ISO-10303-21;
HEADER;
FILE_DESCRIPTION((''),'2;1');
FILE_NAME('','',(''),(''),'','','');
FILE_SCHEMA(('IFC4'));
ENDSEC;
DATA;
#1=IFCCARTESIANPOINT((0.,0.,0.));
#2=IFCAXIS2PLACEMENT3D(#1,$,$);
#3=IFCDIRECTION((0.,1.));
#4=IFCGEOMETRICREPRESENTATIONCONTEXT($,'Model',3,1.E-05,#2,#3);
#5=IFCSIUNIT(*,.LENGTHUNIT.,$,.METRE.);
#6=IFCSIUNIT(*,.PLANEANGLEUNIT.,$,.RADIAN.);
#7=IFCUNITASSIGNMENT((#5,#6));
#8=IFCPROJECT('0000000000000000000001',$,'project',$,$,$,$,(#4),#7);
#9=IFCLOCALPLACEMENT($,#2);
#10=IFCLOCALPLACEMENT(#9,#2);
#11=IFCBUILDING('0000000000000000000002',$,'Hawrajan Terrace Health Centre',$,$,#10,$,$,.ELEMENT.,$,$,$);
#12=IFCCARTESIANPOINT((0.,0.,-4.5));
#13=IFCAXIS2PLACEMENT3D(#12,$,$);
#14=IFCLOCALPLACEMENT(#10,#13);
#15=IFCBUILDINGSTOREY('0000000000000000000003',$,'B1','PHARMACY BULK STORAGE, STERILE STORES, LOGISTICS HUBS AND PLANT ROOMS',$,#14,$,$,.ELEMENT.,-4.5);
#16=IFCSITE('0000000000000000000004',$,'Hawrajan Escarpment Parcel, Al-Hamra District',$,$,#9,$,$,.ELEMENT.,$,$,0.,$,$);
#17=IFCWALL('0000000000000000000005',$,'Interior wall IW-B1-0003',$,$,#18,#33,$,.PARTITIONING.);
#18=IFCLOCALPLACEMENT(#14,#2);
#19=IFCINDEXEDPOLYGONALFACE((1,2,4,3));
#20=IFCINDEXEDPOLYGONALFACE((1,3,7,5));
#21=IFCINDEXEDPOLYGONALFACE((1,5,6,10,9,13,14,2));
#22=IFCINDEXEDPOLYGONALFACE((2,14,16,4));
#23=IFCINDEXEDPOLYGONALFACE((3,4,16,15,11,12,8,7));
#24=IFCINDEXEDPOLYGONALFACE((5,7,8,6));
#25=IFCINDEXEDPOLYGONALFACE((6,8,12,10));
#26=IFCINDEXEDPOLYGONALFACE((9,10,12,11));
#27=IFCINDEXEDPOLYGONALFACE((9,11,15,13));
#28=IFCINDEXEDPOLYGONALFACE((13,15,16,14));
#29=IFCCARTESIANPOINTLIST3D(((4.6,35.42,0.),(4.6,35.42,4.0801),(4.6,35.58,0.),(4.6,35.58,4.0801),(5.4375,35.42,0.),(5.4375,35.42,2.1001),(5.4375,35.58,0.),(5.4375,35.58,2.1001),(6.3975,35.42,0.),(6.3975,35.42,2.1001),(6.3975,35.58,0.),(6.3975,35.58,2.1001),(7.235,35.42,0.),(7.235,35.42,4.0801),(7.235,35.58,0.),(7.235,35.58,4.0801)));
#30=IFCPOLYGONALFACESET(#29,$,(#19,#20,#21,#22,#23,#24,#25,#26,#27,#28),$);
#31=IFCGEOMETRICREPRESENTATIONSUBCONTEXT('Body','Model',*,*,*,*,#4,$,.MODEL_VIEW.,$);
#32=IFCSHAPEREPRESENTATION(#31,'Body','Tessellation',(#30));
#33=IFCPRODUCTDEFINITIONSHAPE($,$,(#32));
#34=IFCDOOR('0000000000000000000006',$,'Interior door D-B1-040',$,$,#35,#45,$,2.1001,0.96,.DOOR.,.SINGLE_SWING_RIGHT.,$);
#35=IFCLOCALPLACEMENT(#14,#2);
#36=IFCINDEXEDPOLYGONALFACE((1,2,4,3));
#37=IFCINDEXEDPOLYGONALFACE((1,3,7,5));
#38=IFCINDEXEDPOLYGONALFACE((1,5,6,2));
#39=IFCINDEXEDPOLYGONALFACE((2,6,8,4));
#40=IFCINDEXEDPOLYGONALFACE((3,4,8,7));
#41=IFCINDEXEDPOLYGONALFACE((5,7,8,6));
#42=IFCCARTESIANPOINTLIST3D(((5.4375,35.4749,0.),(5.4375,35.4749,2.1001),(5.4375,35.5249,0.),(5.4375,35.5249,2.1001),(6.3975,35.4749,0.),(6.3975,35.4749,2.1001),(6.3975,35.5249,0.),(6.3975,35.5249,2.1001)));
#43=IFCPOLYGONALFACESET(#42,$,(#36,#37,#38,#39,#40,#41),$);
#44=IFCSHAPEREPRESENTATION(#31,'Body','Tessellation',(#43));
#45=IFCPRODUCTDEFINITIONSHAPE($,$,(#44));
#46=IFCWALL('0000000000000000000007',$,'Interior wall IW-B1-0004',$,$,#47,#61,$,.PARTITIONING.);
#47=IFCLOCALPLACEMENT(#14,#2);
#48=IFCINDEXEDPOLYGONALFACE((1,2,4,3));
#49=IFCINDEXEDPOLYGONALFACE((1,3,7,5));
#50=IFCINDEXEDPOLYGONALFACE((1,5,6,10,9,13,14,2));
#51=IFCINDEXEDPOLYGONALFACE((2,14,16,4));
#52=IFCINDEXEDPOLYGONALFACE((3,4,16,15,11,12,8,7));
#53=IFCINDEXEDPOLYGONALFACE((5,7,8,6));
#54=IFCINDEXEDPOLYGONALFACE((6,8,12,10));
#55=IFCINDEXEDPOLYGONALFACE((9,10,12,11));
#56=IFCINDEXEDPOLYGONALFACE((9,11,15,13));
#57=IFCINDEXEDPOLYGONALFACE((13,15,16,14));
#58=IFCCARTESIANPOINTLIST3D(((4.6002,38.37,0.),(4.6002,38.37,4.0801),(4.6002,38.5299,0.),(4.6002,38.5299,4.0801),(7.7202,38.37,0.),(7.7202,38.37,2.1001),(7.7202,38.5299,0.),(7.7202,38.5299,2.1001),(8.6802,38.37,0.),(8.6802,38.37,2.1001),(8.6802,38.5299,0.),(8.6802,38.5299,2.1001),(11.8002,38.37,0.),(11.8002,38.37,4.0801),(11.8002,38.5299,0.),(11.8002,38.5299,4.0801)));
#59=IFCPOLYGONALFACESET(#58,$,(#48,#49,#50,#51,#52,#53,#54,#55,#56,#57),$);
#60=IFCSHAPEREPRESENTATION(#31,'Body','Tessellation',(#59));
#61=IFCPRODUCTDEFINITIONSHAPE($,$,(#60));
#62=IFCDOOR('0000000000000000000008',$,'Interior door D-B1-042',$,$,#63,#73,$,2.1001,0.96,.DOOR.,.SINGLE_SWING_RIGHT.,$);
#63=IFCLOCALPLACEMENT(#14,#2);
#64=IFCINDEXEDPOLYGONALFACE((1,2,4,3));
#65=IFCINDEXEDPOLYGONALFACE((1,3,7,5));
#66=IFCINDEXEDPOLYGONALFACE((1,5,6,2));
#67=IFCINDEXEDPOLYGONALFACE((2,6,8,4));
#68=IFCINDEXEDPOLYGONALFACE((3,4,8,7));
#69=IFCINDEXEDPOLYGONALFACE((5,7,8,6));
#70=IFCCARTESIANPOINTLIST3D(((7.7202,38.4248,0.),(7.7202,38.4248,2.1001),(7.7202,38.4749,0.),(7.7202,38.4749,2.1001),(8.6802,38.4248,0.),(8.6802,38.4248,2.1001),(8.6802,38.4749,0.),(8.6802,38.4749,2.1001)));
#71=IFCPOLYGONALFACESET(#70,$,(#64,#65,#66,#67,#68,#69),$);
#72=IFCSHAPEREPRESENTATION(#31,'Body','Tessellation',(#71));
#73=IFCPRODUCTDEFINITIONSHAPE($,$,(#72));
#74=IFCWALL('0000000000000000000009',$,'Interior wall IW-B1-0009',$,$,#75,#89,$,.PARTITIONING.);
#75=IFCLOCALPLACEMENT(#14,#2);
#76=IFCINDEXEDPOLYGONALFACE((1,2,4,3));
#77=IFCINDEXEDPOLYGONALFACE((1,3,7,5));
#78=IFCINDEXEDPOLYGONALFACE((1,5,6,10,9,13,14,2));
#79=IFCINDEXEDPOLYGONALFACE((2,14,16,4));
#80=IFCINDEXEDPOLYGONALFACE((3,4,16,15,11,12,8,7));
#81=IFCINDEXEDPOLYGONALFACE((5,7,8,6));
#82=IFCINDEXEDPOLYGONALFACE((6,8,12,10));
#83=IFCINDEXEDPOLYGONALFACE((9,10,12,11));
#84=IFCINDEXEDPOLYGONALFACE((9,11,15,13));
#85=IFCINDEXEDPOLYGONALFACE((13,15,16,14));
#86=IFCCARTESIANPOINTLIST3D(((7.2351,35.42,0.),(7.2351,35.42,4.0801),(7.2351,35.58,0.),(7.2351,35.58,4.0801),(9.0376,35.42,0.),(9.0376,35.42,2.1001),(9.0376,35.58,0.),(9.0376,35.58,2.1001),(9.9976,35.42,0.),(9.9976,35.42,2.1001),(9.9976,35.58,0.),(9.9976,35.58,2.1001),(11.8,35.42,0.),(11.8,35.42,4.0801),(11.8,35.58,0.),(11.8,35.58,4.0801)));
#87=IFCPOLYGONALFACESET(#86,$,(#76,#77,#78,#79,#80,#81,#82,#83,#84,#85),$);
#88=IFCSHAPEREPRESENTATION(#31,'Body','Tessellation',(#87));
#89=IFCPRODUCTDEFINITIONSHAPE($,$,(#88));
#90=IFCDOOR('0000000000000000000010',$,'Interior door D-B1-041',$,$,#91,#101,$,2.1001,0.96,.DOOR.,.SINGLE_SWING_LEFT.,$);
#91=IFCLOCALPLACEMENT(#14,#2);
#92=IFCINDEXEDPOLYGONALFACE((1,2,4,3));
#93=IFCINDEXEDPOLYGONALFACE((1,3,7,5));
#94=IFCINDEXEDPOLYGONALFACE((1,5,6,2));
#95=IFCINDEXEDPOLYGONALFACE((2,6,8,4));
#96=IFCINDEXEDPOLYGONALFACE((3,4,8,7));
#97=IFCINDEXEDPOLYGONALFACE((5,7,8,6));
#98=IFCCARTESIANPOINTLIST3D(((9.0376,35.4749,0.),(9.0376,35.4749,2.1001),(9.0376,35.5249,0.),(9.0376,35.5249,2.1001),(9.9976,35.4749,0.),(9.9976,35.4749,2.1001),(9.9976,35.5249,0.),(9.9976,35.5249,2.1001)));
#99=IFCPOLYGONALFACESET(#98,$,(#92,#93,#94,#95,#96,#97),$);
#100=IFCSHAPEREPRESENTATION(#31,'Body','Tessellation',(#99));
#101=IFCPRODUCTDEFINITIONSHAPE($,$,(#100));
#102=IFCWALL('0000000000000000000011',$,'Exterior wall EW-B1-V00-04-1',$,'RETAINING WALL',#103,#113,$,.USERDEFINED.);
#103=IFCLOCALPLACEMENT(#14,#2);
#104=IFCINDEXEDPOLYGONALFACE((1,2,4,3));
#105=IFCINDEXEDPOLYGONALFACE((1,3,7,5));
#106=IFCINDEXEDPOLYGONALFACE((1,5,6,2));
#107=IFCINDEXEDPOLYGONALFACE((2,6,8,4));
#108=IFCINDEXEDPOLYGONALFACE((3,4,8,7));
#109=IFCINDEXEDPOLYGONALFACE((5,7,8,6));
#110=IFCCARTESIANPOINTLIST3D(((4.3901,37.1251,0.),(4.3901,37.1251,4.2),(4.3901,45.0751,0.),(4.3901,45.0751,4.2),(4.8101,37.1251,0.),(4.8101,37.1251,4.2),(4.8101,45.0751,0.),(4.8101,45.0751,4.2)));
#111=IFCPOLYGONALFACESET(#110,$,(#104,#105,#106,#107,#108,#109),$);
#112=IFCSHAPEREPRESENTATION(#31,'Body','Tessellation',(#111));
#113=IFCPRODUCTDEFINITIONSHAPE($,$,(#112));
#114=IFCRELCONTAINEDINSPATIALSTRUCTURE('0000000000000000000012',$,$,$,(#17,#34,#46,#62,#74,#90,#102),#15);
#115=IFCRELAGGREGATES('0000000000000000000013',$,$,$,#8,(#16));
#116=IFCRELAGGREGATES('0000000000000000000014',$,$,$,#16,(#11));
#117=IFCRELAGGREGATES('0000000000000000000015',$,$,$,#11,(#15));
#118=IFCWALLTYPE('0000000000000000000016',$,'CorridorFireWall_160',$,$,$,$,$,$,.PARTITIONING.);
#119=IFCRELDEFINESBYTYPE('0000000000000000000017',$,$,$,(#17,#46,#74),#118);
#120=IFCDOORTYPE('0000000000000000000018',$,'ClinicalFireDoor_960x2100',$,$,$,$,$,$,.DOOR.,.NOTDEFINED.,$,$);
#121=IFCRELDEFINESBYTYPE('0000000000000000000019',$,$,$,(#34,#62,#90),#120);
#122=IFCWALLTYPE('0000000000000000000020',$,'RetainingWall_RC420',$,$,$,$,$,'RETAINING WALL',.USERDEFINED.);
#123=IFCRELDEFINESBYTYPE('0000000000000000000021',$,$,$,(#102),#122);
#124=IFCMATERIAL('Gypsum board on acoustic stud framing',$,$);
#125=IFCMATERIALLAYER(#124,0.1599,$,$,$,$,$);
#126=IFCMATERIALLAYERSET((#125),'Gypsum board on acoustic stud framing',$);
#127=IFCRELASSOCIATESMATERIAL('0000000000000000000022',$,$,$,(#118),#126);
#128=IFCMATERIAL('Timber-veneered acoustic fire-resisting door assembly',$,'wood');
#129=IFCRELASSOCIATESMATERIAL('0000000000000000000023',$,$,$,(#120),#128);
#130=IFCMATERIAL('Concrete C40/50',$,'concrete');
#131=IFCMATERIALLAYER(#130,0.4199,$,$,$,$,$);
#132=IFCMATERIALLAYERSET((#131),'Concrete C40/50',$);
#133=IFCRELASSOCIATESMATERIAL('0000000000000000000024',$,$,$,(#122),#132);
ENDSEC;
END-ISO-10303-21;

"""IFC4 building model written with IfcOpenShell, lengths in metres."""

from ifc_helpers import new_model, si_unit, direction, frame, frame_2d, origin, place, context, subcontext, project, spatial, rectangle, extrude, material, layer, layer_set, type_object, element, fill, save


model = new_model("IFC4")

# Units and contexts
model_context = context("Model", 3, precision=1e-05, world=origin(), true_north=direction((0.0, 1.0)))
body_context = subcontext(model_context, "Body", "Model", "MODEL_VIEW")
ifc_project = project(units=[si_unit("LENGTHUNIT", "METRE"), si_unit("PLANEANGLEUNIT", "RADIAN")], contexts=[model_context])

# Site, building, storey
site_placement = place(None, origin())
site = spatial("IfcSite", under=ifc_project, at=site_placement, Name="Hawrajan Escarpment Parcel, Al-Hamra District", CompositionType="ELEMENT", RefElevation=0.0)
building_placement = place(site_placement, origin())
building = spatial("IfcBuilding", under=site, at=building_placement, Name="Hawrajan Terrace Health Centre", CompositionType="ELEMENT")
storey_placement = place(building_placement, frame((0.0, 0.0, -4.5)))
storey = spatial("IfcBuildingStorey", under=building, at=storey_placement, Name="B1", Description="PHARMACY BULK STORAGE, STERILE STORES, LOGISTICS HUBS AND PLANT ROOMS", CompositionType="ELEMENT", Elevation=-4.5)

# Shared definitions
ifc_material_1 = material(Name="Concrete C40/50", Category="concrete")

# Walls, openings, doors
ifc_material_2 = material(Name="Gypsum board on acoustic stud framing")
ifc_layer_1 = layer(ifc_material_2, 0.1599)
ifc_layer_set_1 = layer_set([ifc_layer_1], Name="Gypsum board on acoustic stud framing")
wall_type_1 = type_object("IfcWallType", Name="CorridorFireWall_160", PredefinedType="PARTITIONING", material=ifc_layer_set_1)
wall_1_placement = place(storey_placement, frame((4.6001, 35.5, 0.0), z_axis=(0.0, 0.0, 1.0), x_axis=(1.0, 0.0, 0.0)))
wall_1 = element("IfcWall", 1, at=wall_1_placement, inside=storey, type_object=wall_type_1, Name="Interior wall IW-B1-0003", PredefinedType="PARTITIONING", context=body_context, shape_type="SweptSolid", body=[
    extrude(rectangle(XDim=2.635, YDim=0.1599, at=frame_2d((1.3174, 0.0))), origin(), (0.0, 0.0, 1.0), 4.0801),
])
opening_1_placement = place(wall_1_placement, frame((0.8374, 0.0, 0.0)))
opening_1 = element("IfcOpeningElement", 2, at=opening_1_placement, cuts=wall_1, PredefinedType="OPENING", context=body_context, shape_type="SweptSolid", body=[
    extrude(rectangle(XDim=0.96, YDim=2.1001, at=frame_2d((0.48, 1.05))), frame((0.0, 0.0898, 0.0), z_axis=(0.0, -1.0, 0.0), x_axis=(1.0, 0.0, 0.0)), (0.0, 0.0, 1.0), 0.1799),
])
ifc_material_3 = material(Name="Timber-veneered acoustic fire-resisting door assembly", Category="wood")
door_type = type_object("IfcDoorType", Name="ClinicalFireDoor_960x2100", OperationType="NOTDEFINED", PredefinedType="DOOR", material=ifc_material_3)
door_1_placement = place(opening_1_placement, origin())
door_1 = element("IfcDoor", 3, at=door_1_placement, inside=storey, type_object=door_type, Name="Interior door D-B1-040", OperationType="SINGLE_SWING_RIGHT", OverallHeight=2.1001, OverallWidth=0.96, PredefinedType="DOOR", context=body_context, shape_type="SweptSolid", body=[
    extrude(rectangle(XDim=0.96, YDim=2.1001, at=frame_2d((0.48, 1.05))), frame((0.0, 0.0249, 0.0), z_axis=(0.0, -1.0, 0.0), x_axis=(1.0, 0.0, 0.0)), (0.0, 0.0, 1.0), 0.05),
])
fill(opening_1, door_1)
wall_2_placement = place(storey_placement, frame((4.6001, 38.45, 0.0), z_axis=(0.0, 0.0, 1.0), x_axis=(1.0, 0.0, 0.0)))
wall_2 = element("IfcWall", 4, at=wall_2_placement, inside=storey, type_object=wall_type_1, Name="Interior wall IW-B1-0004", PredefinedType="PARTITIONING", context=body_context, shape_type="SweptSolid", body=[
    extrude(rectangle(XDim=7.2, YDim=0.1599, at=frame_2d((3.6001, 0.0))), origin(), (0.0, 0.0, 1.0), 4.0801),
])
opening_2_placement = place(wall_2_placement, frame((3.1201, 0.0, 0.0)))
opening_2 = element("IfcOpeningElement", 5, at=opening_2_placement, cuts=wall_2, PredefinedType="OPENING", context=body_context, shape_type="SweptSolid", body=[
    extrude(rectangle(XDim=0.96, YDim=2.1001, at=frame_2d((0.48, 1.05))), frame((0.0, 0.0898, 0.0), z_axis=(0.0, -1.0, 0.0), x_axis=(1.0, 0.0, 0.0)), (0.0, 0.0, 1.0), 0.1799),
])
door_2_placement = place(opening_2_placement, origin())
door_2 = element("IfcDoor", 6, at=door_2_placement, inside=storey, type_object=door_type, Name="Interior door D-B1-042", OperationType="SINGLE_SWING_RIGHT", OverallHeight=2.1001, OverallWidth=0.96, PredefinedType="DOOR", context=body_context, shape_type="SweptSolid", body=[
    extrude(rectangle(XDim=0.96, YDim=2.1001, at=frame_2d((0.48, 1.05))), frame((0.0, 0.0249, 0.0), z_axis=(0.0, -1.0, 0.0), x_axis=(1.0, 0.0, 0.0)), (0.0, 0.0, 1.0), 0.05),
])
fill(opening_2, door_2)
wall_3_placement = place(storey_placement, frame((7.2351, 35.5, 0.0), z_axis=(0.0, 0.0, 1.0), x_axis=(1.0, 0.0, 0.0)))
wall_3 = element("IfcWall", 7, at=wall_3_placement, inside=storey, type_object=wall_type_1, Name="Interior wall IW-B1-0009", PredefinedType="PARTITIONING", context=body_context, shape_type="SweptSolid", body=[
    extrude(rectangle(XDim=4.5649, YDim=0.1599, at=frame_2d((2.2825, 0.0))), origin(), (0.0, 0.0, 1.0), 4.0801),
])
opening_3_placement = place(wall_3_placement, frame((1.8025, 0.0, 0.0)))
opening_3 = element("IfcOpeningElement", 8, at=opening_3_placement, cuts=wall_3, PredefinedType="OPENING", context=body_context, shape_type="SweptSolid", body=[
    extrude(rectangle(XDim=0.96, YDim=2.1001, at=frame_2d((0.48, 1.05))), frame((0.0, 0.0898, 0.0), z_axis=(0.0, -1.0, 0.0), x_axis=(1.0, 0.0, 0.0)), (0.0, 0.0, 1.0), 0.1799),
])
door_3_placement = place(opening_3_placement, origin())
door_3 = element("IfcDoor", 9, at=door_3_placement, inside=storey, type_object=door_type, Name="Interior door D-B1-041", OperationType="SINGLE_SWING_LEFT", OverallHeight=2.1001, OverallWidth=0.96, PredefinedType="DOOR", context=body_context, shape_type="SweptSolid", body=[
    extrude(rectangle(XDim=0.96, YDim=2.1001, at=frame_2d((0.48, 1.05))), frame((0.0, 0.0249, 0.0), z_axis=(0.0, -1.0, 0.0), x_axis=(1.0, 0.0, 0.0)), (0.0, 0.0, 1.0), 0.05),
])
fill(opening_3, door_3)

# Wall
ifc_layer_2 = layer(ifc_material_1, 0.4199)
ifc_layer_set_2 = layer_set([ifc_layer_2], Name="Concrete C40/50")
wall_type_2 = type_object("IfcWallType", Name="RetainingWall_RC420", ElementType="RETAINING WALL", PredefinedType="USERDEFINED", material=ifc_layer_set_2)
wall_4_placement = place(storey_placement, frame((4.6001, 37.125, 0.0), z_axis=(0.0, 0.0, 1.0), x_axis=(0.0, 1.0, 0.0)))
element("IfcWall", 10, at=wall_4_placement, inside=storey, type_object=wall_type_2, Name="Exterior wall EW-B1-V00-04-1", ObjectType="RETAINING WALL", PredefinedType="USERDEFINED", context=body_context, shape_type="SweptSolid", body=[
    extrude(rectangle(XDim=7.95, YDim=0.4199, at=frame_2d((3.9751, 0.0))), origin(), (0.0, 0.0, 1.0), 4.2),
])

save(model, "model.ifc")
